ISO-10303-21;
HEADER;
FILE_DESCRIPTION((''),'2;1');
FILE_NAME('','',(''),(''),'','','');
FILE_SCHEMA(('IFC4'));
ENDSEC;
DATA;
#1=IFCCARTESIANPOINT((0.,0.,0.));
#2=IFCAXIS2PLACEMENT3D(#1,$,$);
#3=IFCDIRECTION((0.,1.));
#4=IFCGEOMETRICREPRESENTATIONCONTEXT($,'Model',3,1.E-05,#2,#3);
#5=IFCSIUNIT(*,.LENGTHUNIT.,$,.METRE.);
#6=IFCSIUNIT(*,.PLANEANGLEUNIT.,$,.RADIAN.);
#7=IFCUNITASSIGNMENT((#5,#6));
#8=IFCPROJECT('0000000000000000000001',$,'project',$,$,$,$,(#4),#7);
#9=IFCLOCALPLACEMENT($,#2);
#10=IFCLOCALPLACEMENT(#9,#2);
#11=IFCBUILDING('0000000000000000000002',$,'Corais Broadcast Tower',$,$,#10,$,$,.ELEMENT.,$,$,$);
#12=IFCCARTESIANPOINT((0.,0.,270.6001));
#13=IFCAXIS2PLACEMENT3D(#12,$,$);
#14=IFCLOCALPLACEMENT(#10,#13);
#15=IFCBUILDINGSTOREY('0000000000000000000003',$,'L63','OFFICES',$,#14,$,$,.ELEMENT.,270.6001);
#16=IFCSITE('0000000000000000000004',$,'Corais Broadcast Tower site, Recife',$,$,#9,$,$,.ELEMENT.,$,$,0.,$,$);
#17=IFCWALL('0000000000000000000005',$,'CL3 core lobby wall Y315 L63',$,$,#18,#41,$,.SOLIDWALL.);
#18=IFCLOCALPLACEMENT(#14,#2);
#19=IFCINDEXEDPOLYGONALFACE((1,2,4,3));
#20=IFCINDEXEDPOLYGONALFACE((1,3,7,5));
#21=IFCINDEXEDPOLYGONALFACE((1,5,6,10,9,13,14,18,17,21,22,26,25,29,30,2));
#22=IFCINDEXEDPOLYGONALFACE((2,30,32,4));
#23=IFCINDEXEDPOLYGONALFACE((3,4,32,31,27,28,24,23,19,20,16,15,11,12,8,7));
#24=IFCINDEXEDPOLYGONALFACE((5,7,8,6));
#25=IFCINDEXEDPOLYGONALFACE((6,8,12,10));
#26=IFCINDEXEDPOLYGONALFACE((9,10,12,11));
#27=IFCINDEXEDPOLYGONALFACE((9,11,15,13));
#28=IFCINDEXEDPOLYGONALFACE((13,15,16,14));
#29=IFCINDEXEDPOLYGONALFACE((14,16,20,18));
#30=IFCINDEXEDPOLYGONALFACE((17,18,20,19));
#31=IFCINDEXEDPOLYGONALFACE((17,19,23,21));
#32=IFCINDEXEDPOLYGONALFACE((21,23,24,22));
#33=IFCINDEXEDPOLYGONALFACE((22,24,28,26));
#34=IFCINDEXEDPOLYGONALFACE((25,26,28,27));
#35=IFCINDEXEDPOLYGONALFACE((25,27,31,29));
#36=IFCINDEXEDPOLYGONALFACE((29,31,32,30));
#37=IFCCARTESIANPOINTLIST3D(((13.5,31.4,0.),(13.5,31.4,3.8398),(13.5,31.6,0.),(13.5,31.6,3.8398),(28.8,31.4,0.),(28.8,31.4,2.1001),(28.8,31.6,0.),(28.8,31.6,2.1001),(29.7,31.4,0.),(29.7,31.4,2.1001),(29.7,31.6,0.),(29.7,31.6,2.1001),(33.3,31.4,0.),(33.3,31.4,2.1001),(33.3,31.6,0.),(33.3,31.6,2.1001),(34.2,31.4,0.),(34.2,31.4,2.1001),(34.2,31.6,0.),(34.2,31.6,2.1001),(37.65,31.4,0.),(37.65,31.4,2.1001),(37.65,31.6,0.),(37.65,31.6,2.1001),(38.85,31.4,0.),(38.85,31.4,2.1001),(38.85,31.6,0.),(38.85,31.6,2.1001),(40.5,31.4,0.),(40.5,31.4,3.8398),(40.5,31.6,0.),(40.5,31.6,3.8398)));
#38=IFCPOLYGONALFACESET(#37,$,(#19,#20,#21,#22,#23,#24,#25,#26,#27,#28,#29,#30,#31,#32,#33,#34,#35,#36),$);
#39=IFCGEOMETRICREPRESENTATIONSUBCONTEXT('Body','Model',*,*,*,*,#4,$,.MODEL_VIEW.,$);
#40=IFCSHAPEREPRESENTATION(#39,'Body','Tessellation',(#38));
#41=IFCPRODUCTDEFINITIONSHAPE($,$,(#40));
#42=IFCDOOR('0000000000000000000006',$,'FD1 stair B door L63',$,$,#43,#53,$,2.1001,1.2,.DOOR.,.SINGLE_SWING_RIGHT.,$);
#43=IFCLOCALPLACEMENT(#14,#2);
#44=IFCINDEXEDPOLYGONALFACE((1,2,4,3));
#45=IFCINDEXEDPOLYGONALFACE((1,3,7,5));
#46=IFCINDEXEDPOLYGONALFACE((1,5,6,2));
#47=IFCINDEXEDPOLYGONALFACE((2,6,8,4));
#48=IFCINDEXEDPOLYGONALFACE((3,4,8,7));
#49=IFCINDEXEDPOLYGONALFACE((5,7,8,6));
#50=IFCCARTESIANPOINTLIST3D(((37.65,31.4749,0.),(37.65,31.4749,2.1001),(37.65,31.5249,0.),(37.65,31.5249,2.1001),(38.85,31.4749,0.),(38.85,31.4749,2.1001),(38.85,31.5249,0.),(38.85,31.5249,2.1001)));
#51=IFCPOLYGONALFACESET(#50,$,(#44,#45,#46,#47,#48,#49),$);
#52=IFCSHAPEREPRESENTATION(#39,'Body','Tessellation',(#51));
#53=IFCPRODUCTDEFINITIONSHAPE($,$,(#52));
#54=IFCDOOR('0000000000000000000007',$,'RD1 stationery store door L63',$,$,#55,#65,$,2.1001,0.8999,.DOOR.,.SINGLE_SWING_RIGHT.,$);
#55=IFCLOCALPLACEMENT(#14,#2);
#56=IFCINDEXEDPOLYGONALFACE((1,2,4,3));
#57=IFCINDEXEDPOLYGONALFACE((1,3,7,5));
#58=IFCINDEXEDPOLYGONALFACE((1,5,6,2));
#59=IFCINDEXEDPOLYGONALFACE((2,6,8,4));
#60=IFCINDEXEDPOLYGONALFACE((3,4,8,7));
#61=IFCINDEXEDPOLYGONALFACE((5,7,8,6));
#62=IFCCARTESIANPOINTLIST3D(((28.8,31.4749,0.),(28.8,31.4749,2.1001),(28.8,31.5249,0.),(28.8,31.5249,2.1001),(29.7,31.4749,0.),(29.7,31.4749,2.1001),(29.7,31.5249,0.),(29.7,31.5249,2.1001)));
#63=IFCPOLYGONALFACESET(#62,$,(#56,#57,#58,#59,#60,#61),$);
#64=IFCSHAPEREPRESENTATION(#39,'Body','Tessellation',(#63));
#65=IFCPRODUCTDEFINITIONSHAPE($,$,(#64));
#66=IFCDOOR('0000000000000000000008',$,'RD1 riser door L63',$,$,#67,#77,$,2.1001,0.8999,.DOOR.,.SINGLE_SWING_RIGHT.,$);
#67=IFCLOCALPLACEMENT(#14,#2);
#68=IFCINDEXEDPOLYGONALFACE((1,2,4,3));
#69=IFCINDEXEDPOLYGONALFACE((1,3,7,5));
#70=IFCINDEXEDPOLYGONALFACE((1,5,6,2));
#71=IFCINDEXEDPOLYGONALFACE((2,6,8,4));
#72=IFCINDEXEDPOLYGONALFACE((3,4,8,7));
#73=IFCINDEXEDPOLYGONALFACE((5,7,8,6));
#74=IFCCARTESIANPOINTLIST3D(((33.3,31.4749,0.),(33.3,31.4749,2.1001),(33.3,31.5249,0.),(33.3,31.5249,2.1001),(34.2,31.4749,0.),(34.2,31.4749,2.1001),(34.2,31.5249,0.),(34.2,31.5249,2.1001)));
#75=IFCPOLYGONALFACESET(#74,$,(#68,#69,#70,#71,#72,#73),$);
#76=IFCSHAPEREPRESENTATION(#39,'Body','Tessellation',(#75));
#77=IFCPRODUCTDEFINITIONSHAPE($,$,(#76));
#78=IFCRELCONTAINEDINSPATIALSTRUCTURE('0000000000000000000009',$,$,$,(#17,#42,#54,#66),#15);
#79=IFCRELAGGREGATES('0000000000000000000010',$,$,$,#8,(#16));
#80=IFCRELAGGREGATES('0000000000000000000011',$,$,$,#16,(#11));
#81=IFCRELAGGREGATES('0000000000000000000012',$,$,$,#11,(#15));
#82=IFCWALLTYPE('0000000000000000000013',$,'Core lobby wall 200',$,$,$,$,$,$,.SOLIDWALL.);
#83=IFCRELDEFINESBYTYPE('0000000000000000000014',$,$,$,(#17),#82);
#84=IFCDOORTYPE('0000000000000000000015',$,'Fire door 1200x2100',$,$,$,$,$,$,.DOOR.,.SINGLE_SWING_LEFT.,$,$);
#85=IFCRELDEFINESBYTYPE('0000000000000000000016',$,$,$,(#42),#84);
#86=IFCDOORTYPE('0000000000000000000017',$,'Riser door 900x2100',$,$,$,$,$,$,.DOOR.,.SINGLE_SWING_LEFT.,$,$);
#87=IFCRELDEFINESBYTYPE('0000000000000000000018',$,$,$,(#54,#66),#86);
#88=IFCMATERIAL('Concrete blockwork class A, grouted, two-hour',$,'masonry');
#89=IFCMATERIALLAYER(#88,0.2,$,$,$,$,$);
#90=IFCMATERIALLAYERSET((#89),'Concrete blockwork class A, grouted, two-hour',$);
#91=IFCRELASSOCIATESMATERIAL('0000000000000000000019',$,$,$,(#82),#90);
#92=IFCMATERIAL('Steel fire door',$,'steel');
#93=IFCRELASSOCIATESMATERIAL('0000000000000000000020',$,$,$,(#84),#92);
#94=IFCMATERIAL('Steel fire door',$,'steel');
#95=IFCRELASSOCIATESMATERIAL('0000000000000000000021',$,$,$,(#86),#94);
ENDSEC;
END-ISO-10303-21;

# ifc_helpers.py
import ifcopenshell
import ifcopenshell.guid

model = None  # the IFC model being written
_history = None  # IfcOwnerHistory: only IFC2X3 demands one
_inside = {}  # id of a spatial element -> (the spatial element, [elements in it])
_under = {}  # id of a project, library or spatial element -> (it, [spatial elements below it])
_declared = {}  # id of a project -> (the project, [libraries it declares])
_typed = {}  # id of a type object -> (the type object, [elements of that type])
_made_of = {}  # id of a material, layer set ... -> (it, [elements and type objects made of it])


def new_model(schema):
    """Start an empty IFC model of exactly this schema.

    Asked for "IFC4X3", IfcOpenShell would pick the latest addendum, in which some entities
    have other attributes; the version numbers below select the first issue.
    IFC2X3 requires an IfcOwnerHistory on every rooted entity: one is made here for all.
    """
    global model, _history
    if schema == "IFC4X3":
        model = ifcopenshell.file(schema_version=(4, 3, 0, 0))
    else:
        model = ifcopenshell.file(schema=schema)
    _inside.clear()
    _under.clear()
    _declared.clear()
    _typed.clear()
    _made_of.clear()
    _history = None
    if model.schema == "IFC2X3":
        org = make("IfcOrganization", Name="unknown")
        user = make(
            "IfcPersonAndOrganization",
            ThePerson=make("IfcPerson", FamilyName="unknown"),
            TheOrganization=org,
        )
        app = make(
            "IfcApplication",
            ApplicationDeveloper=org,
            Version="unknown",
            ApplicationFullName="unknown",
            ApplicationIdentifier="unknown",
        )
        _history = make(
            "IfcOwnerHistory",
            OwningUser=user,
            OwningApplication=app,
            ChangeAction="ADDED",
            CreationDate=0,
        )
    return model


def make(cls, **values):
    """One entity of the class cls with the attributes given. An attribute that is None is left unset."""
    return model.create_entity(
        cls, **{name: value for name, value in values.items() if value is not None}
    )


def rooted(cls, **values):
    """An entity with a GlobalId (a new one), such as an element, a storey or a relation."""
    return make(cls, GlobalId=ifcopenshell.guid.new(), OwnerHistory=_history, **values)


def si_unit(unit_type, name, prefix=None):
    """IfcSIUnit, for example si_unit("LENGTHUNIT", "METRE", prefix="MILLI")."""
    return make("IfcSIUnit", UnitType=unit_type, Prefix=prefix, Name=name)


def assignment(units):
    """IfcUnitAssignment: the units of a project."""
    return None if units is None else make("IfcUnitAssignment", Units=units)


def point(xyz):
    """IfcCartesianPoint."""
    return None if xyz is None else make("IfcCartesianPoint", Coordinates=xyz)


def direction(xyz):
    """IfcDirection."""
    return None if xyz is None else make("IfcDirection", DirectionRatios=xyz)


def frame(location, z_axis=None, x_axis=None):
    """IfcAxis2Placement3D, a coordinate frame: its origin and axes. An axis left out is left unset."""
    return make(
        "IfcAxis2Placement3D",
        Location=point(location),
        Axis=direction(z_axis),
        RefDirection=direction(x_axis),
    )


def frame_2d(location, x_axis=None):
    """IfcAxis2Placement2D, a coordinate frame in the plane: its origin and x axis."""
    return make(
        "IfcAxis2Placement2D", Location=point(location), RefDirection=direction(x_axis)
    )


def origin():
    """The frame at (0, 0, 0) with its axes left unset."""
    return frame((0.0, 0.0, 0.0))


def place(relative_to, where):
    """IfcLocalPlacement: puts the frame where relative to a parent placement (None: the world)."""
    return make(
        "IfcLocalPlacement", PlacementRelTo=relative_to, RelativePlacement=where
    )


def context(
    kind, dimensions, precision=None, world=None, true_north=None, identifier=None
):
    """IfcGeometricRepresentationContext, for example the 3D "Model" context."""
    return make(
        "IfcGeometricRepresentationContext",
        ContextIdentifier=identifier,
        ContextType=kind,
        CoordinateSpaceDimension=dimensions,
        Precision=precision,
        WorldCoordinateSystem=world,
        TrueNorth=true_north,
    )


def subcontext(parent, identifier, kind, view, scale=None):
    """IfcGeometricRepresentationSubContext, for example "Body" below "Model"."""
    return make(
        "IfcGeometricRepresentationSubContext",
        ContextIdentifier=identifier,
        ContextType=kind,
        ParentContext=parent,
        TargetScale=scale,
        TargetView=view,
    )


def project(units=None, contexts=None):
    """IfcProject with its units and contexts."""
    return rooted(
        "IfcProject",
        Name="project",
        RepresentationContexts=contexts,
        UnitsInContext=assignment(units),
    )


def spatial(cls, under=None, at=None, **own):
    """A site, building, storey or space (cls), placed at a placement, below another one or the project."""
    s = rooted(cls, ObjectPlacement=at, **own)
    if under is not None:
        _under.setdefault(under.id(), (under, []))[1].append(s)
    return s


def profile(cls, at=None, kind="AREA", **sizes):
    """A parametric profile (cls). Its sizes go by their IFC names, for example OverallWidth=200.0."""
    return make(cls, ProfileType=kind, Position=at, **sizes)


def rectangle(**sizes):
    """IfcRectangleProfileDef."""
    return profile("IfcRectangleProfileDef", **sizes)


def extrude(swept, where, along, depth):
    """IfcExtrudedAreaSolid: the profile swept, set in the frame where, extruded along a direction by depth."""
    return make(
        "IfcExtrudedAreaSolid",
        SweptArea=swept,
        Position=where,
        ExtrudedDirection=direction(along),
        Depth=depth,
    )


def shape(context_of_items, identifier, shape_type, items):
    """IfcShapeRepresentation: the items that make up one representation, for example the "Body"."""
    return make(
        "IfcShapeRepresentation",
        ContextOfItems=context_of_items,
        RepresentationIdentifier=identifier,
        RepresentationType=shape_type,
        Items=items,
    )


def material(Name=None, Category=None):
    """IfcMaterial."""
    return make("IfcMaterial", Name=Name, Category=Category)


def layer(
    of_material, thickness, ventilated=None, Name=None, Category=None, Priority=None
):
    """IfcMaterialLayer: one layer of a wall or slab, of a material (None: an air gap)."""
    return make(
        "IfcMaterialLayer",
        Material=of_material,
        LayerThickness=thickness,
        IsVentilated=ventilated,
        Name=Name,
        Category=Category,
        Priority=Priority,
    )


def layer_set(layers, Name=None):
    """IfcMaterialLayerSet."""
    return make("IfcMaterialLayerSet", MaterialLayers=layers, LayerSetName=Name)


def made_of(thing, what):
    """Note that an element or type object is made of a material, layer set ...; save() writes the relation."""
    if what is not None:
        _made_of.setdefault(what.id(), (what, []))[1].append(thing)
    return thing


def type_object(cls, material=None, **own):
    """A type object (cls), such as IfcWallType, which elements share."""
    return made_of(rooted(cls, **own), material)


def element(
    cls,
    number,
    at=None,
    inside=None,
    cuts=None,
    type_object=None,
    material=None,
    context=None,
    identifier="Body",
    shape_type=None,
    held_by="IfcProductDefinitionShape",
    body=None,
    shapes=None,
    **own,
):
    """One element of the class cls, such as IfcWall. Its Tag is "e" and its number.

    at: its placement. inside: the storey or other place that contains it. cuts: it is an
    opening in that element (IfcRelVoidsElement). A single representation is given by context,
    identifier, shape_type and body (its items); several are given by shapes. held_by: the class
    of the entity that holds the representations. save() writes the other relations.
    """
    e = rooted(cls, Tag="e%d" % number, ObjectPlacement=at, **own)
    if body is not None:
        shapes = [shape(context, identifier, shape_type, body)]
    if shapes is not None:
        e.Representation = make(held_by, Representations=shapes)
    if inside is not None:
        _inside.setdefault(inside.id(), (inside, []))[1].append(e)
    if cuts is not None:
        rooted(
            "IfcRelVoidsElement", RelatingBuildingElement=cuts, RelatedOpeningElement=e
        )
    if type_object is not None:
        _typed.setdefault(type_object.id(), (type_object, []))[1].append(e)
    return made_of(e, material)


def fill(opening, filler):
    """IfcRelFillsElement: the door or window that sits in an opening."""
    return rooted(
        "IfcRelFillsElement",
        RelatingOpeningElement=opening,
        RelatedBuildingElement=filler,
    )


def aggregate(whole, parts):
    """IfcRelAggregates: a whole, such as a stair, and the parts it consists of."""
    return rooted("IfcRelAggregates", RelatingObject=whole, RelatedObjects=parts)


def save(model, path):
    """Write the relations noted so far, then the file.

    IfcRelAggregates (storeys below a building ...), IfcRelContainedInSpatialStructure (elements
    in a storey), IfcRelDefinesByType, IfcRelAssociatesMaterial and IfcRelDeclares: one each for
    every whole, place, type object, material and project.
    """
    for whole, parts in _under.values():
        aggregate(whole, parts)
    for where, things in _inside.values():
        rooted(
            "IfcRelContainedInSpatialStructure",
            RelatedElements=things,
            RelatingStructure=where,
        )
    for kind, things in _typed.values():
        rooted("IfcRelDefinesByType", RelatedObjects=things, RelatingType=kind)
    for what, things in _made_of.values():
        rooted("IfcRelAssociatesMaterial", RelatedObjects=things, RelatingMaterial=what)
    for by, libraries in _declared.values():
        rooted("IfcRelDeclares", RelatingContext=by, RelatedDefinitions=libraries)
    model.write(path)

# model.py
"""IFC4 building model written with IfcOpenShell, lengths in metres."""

from ifc_helpers import new_model, si_unit, direction, frame, frame_2d, origin, place, context, subcontext, project, spatial, rectangle, extrude, material, layer, layer_set, type_object, element, fill, save


model = new_model("IFC4")

# Units and contexts
model_context = context("Model", 3, precision=1e-05, world=origin(), true_north=direction((0.0, 1.0)))
body_context = subcontext(model_context, "Body", "Model", "MODEL_VIEW")
ifc_project = project(units=[si_unit("LENGTHUNIT", "METRE"), si_unit("PLANEANGLEUNIT", "RADIAN")], contexts=[model_context])

# Site, building, storey
site_placement = place(None, origin())
site = spatial("IfcSite", under=ifc_project, at=site_placement, Name="Corais Broadcast Tower site, Recife", CompositionType="ELEMENT", RefElevation=0.0)
building_placement = place(site_placement, origin())
building = spatial("IfcBuilding", under=site, at=building_placement, Name="Corais Broadcast Tower", CompositionType="ELEMENT")
storey_placement = place(building_placement, frame((0.0, 0.0, 270.6001)))
storey = spatial("IfcBuildingStorey", under=building, at=storey_placement, Name="L63", Description="OFFICES", CompositionType="ELEMENT", Elevation=270.6001)

# Wall, openings, doors
ifc_material_1 = material(Name="Concrete blockwork class A, grouted, two-hour", Category="masonry")
ifc_layer_1 = layer(ifc_material_1, 0.2)
ifc_layer_set_1 = layer_set([ifc_layer_1], Name="Concrete blockwork class A, grouted, two-hour")
wall_type_1 = type_object("IfcWallType", Name="Core lobby wall 200", PredefinedType="SOLIDWALL", material=ifc_layer_set_1)
wall_1_placement = place(storey_placement, frame((13.5, 31.5, 0.0), z_axis=(0.0, 0.0, 1.0), x_axis=(1.0, 0.0, 0.0)))
wall_1 = element("IfcWall", 1, at=wall_1_placement, inside=storey, type_object=wall_type_1, Name="CL3 core lobby wall Y315 L63", PredefinedType="SOLIDWALL", context=body_context, shape_type="SweptSolid", body=[
    extrude(rectangle(XDim=27.0, YDim=0.2, at=frame_2d((13.5, 0.0))), origin(), (0.0, 0.0, 1.0), 3.8398),
])
opening_1_placement = place(wall_1_placement, frame((24.1499, 0.0, 0.0)))
opening_1 = element("IfcOpeningElement", 2, at=opening_1_placement, cuts=wall_1, PredefinedType="OPENING", context=body_context, shape_type="SweptSolid", body=[
    extrude(rectangle(XDim=1.2, YDim=2.1001, at=frame_2d((0.6001, 1.05))), frame((0.0, 0.1099, 0.0), z_axis=(0.0, -1.0, 0.0), x_axis=(1.0, 0.0, 0.0)), (0.0, 0.0, 1.0), 0.22),
])
opening_2_placement = place(wall_1_placement, frame((15.3, 0.0, 0.0)))
opening_2 = element("IfcOpeningElement", 3, at=opening_2_placement, cuts=wall_1, PredefinedType="OPENING", context=body_context, shape_type="SweptSolid", body=[
    extrude(rectangle(XDim=0.8999, YDim=2.1001, at=frame_2d((0.45, 1.05))), frame((0.0, 0.1099, 0.0), z_axis=(0.0, -1.0, 0.0), x_axis=(1.0, 0.0, 0.0)), (0.0, 0.0, 1.0), 0.22),
])
opening_3_placement = place(wall_1_placement, frame((19.8, 0.0, 0.0)))
opening_3 = element("IfcOpeningElement", 4, at=opening_3_placement, cuts=wall_1, PredefinedType="OPENING", context=body_context, shape_type="SweptSolid", body=[
    extrude(rectangle(XDim=0.8999, YDim=2.1001, at=frame_2d((0.45, 1.05))), frame((0.0, 0.1099, 0.0), z_axis=(0.0, -1.0, 0.0), x_axis=(1.0, 0.0, 0.0)), (0.0, 0.0, 1.0), 0.22),
])
ifc_material_2 = material(Name="Steel fire door", Category="steel")
door_type_1 = type_object("IfcDoorType", Name="Fire door 1200x2100", OperationType="SINGLE_SWING_LEFT", PredefinedType="DOOR", material=ifc_material_2)
door_1_placement = place(opening_1_placement, origin())
door_1 = element("IfcDoor", 5, at=door_1_placement, inside=storey, type_object=door_type_1, Name="FD1 stair B door L63", OperationType="SINGLE_SWING_RIGHT", OverallHeight=2.1001, OverallWidth=1.2, PredefinedType="DOOR", context=body_context, shape_type="SweptSolid", body=[
    extrude(rectangle(XDim=1.2, YDim=2.1001, at=frame_2d((0.6001, 1.05))), frame((0.0, 0.0249, 0.0), z_axis=(0.0, -1.0, 0.0), x_axis=(1.0, 0.0, 0.0)), (0.0, 0.0, 1.0), 0.05),
])
fill(opening_1, door_1)
ifc_material_3 = material(Name="Steel fire door", Category="steel")
door_type_2 = type_object("IfcDoorType", Name="Riser door 900x2100", OperationType="SINGLE_SWING_LEFT", PredefinedType="DOOR", material=ifc_material_3)
door_2_placement = place(opening_2_placement, origin())
door_2 = element("IfcDoor", 6, at=door_2_placement, inside=storey, type_object=door_type_2, Name="RD1 stationery store door L63", OperationType="SINGLE_SWING_RIGHT", OverallHeight=2.1001, OverallWidth=0.8999, PredefinedType="DOOR", context=body_context, shape_type="SweptSolid", body=[
    extrude(rectangle(XDim=0.8999, YDim=2.1001, at=frame_2d((0.45, 1.05))), frame((0.0, 0.0249, 0.0), z_axis=(0.0, -1.0, 0.0), x_axis=(1.0, 0.0, 0.0)), (0.0, 0.0, 1.0), 0.05),
])
fill(opening_2, door_2)
door_3_placement = place(opening_3_placement, origin())
door_3 = element("IfcDoor", 7, at=door_3_placement, inside=storey, type_object=door_type_2, Name="RD1 riser door L63", OperationType="SINGLE_SWING_RIGHT", OverallHeight=2.1001, OverallWidth=0.8999, PredefinedType="DOOR", context=body_context, shape_type="SweptSolid", body=[
    extrude(rectangle(XDim=0.8999, YDim=2.1001, at=frame_2d((0.45, 1.05))), frame((0.0, 0.0249, 0.0), z_axis=(0.0, -1.0, 0.0), x_axis=(1.0, 0.0, 0.0)), (0.0, 0.0, 1.0), 0.05),
])
fill(opening_3, door_3)

save(model, "model.ifc")
